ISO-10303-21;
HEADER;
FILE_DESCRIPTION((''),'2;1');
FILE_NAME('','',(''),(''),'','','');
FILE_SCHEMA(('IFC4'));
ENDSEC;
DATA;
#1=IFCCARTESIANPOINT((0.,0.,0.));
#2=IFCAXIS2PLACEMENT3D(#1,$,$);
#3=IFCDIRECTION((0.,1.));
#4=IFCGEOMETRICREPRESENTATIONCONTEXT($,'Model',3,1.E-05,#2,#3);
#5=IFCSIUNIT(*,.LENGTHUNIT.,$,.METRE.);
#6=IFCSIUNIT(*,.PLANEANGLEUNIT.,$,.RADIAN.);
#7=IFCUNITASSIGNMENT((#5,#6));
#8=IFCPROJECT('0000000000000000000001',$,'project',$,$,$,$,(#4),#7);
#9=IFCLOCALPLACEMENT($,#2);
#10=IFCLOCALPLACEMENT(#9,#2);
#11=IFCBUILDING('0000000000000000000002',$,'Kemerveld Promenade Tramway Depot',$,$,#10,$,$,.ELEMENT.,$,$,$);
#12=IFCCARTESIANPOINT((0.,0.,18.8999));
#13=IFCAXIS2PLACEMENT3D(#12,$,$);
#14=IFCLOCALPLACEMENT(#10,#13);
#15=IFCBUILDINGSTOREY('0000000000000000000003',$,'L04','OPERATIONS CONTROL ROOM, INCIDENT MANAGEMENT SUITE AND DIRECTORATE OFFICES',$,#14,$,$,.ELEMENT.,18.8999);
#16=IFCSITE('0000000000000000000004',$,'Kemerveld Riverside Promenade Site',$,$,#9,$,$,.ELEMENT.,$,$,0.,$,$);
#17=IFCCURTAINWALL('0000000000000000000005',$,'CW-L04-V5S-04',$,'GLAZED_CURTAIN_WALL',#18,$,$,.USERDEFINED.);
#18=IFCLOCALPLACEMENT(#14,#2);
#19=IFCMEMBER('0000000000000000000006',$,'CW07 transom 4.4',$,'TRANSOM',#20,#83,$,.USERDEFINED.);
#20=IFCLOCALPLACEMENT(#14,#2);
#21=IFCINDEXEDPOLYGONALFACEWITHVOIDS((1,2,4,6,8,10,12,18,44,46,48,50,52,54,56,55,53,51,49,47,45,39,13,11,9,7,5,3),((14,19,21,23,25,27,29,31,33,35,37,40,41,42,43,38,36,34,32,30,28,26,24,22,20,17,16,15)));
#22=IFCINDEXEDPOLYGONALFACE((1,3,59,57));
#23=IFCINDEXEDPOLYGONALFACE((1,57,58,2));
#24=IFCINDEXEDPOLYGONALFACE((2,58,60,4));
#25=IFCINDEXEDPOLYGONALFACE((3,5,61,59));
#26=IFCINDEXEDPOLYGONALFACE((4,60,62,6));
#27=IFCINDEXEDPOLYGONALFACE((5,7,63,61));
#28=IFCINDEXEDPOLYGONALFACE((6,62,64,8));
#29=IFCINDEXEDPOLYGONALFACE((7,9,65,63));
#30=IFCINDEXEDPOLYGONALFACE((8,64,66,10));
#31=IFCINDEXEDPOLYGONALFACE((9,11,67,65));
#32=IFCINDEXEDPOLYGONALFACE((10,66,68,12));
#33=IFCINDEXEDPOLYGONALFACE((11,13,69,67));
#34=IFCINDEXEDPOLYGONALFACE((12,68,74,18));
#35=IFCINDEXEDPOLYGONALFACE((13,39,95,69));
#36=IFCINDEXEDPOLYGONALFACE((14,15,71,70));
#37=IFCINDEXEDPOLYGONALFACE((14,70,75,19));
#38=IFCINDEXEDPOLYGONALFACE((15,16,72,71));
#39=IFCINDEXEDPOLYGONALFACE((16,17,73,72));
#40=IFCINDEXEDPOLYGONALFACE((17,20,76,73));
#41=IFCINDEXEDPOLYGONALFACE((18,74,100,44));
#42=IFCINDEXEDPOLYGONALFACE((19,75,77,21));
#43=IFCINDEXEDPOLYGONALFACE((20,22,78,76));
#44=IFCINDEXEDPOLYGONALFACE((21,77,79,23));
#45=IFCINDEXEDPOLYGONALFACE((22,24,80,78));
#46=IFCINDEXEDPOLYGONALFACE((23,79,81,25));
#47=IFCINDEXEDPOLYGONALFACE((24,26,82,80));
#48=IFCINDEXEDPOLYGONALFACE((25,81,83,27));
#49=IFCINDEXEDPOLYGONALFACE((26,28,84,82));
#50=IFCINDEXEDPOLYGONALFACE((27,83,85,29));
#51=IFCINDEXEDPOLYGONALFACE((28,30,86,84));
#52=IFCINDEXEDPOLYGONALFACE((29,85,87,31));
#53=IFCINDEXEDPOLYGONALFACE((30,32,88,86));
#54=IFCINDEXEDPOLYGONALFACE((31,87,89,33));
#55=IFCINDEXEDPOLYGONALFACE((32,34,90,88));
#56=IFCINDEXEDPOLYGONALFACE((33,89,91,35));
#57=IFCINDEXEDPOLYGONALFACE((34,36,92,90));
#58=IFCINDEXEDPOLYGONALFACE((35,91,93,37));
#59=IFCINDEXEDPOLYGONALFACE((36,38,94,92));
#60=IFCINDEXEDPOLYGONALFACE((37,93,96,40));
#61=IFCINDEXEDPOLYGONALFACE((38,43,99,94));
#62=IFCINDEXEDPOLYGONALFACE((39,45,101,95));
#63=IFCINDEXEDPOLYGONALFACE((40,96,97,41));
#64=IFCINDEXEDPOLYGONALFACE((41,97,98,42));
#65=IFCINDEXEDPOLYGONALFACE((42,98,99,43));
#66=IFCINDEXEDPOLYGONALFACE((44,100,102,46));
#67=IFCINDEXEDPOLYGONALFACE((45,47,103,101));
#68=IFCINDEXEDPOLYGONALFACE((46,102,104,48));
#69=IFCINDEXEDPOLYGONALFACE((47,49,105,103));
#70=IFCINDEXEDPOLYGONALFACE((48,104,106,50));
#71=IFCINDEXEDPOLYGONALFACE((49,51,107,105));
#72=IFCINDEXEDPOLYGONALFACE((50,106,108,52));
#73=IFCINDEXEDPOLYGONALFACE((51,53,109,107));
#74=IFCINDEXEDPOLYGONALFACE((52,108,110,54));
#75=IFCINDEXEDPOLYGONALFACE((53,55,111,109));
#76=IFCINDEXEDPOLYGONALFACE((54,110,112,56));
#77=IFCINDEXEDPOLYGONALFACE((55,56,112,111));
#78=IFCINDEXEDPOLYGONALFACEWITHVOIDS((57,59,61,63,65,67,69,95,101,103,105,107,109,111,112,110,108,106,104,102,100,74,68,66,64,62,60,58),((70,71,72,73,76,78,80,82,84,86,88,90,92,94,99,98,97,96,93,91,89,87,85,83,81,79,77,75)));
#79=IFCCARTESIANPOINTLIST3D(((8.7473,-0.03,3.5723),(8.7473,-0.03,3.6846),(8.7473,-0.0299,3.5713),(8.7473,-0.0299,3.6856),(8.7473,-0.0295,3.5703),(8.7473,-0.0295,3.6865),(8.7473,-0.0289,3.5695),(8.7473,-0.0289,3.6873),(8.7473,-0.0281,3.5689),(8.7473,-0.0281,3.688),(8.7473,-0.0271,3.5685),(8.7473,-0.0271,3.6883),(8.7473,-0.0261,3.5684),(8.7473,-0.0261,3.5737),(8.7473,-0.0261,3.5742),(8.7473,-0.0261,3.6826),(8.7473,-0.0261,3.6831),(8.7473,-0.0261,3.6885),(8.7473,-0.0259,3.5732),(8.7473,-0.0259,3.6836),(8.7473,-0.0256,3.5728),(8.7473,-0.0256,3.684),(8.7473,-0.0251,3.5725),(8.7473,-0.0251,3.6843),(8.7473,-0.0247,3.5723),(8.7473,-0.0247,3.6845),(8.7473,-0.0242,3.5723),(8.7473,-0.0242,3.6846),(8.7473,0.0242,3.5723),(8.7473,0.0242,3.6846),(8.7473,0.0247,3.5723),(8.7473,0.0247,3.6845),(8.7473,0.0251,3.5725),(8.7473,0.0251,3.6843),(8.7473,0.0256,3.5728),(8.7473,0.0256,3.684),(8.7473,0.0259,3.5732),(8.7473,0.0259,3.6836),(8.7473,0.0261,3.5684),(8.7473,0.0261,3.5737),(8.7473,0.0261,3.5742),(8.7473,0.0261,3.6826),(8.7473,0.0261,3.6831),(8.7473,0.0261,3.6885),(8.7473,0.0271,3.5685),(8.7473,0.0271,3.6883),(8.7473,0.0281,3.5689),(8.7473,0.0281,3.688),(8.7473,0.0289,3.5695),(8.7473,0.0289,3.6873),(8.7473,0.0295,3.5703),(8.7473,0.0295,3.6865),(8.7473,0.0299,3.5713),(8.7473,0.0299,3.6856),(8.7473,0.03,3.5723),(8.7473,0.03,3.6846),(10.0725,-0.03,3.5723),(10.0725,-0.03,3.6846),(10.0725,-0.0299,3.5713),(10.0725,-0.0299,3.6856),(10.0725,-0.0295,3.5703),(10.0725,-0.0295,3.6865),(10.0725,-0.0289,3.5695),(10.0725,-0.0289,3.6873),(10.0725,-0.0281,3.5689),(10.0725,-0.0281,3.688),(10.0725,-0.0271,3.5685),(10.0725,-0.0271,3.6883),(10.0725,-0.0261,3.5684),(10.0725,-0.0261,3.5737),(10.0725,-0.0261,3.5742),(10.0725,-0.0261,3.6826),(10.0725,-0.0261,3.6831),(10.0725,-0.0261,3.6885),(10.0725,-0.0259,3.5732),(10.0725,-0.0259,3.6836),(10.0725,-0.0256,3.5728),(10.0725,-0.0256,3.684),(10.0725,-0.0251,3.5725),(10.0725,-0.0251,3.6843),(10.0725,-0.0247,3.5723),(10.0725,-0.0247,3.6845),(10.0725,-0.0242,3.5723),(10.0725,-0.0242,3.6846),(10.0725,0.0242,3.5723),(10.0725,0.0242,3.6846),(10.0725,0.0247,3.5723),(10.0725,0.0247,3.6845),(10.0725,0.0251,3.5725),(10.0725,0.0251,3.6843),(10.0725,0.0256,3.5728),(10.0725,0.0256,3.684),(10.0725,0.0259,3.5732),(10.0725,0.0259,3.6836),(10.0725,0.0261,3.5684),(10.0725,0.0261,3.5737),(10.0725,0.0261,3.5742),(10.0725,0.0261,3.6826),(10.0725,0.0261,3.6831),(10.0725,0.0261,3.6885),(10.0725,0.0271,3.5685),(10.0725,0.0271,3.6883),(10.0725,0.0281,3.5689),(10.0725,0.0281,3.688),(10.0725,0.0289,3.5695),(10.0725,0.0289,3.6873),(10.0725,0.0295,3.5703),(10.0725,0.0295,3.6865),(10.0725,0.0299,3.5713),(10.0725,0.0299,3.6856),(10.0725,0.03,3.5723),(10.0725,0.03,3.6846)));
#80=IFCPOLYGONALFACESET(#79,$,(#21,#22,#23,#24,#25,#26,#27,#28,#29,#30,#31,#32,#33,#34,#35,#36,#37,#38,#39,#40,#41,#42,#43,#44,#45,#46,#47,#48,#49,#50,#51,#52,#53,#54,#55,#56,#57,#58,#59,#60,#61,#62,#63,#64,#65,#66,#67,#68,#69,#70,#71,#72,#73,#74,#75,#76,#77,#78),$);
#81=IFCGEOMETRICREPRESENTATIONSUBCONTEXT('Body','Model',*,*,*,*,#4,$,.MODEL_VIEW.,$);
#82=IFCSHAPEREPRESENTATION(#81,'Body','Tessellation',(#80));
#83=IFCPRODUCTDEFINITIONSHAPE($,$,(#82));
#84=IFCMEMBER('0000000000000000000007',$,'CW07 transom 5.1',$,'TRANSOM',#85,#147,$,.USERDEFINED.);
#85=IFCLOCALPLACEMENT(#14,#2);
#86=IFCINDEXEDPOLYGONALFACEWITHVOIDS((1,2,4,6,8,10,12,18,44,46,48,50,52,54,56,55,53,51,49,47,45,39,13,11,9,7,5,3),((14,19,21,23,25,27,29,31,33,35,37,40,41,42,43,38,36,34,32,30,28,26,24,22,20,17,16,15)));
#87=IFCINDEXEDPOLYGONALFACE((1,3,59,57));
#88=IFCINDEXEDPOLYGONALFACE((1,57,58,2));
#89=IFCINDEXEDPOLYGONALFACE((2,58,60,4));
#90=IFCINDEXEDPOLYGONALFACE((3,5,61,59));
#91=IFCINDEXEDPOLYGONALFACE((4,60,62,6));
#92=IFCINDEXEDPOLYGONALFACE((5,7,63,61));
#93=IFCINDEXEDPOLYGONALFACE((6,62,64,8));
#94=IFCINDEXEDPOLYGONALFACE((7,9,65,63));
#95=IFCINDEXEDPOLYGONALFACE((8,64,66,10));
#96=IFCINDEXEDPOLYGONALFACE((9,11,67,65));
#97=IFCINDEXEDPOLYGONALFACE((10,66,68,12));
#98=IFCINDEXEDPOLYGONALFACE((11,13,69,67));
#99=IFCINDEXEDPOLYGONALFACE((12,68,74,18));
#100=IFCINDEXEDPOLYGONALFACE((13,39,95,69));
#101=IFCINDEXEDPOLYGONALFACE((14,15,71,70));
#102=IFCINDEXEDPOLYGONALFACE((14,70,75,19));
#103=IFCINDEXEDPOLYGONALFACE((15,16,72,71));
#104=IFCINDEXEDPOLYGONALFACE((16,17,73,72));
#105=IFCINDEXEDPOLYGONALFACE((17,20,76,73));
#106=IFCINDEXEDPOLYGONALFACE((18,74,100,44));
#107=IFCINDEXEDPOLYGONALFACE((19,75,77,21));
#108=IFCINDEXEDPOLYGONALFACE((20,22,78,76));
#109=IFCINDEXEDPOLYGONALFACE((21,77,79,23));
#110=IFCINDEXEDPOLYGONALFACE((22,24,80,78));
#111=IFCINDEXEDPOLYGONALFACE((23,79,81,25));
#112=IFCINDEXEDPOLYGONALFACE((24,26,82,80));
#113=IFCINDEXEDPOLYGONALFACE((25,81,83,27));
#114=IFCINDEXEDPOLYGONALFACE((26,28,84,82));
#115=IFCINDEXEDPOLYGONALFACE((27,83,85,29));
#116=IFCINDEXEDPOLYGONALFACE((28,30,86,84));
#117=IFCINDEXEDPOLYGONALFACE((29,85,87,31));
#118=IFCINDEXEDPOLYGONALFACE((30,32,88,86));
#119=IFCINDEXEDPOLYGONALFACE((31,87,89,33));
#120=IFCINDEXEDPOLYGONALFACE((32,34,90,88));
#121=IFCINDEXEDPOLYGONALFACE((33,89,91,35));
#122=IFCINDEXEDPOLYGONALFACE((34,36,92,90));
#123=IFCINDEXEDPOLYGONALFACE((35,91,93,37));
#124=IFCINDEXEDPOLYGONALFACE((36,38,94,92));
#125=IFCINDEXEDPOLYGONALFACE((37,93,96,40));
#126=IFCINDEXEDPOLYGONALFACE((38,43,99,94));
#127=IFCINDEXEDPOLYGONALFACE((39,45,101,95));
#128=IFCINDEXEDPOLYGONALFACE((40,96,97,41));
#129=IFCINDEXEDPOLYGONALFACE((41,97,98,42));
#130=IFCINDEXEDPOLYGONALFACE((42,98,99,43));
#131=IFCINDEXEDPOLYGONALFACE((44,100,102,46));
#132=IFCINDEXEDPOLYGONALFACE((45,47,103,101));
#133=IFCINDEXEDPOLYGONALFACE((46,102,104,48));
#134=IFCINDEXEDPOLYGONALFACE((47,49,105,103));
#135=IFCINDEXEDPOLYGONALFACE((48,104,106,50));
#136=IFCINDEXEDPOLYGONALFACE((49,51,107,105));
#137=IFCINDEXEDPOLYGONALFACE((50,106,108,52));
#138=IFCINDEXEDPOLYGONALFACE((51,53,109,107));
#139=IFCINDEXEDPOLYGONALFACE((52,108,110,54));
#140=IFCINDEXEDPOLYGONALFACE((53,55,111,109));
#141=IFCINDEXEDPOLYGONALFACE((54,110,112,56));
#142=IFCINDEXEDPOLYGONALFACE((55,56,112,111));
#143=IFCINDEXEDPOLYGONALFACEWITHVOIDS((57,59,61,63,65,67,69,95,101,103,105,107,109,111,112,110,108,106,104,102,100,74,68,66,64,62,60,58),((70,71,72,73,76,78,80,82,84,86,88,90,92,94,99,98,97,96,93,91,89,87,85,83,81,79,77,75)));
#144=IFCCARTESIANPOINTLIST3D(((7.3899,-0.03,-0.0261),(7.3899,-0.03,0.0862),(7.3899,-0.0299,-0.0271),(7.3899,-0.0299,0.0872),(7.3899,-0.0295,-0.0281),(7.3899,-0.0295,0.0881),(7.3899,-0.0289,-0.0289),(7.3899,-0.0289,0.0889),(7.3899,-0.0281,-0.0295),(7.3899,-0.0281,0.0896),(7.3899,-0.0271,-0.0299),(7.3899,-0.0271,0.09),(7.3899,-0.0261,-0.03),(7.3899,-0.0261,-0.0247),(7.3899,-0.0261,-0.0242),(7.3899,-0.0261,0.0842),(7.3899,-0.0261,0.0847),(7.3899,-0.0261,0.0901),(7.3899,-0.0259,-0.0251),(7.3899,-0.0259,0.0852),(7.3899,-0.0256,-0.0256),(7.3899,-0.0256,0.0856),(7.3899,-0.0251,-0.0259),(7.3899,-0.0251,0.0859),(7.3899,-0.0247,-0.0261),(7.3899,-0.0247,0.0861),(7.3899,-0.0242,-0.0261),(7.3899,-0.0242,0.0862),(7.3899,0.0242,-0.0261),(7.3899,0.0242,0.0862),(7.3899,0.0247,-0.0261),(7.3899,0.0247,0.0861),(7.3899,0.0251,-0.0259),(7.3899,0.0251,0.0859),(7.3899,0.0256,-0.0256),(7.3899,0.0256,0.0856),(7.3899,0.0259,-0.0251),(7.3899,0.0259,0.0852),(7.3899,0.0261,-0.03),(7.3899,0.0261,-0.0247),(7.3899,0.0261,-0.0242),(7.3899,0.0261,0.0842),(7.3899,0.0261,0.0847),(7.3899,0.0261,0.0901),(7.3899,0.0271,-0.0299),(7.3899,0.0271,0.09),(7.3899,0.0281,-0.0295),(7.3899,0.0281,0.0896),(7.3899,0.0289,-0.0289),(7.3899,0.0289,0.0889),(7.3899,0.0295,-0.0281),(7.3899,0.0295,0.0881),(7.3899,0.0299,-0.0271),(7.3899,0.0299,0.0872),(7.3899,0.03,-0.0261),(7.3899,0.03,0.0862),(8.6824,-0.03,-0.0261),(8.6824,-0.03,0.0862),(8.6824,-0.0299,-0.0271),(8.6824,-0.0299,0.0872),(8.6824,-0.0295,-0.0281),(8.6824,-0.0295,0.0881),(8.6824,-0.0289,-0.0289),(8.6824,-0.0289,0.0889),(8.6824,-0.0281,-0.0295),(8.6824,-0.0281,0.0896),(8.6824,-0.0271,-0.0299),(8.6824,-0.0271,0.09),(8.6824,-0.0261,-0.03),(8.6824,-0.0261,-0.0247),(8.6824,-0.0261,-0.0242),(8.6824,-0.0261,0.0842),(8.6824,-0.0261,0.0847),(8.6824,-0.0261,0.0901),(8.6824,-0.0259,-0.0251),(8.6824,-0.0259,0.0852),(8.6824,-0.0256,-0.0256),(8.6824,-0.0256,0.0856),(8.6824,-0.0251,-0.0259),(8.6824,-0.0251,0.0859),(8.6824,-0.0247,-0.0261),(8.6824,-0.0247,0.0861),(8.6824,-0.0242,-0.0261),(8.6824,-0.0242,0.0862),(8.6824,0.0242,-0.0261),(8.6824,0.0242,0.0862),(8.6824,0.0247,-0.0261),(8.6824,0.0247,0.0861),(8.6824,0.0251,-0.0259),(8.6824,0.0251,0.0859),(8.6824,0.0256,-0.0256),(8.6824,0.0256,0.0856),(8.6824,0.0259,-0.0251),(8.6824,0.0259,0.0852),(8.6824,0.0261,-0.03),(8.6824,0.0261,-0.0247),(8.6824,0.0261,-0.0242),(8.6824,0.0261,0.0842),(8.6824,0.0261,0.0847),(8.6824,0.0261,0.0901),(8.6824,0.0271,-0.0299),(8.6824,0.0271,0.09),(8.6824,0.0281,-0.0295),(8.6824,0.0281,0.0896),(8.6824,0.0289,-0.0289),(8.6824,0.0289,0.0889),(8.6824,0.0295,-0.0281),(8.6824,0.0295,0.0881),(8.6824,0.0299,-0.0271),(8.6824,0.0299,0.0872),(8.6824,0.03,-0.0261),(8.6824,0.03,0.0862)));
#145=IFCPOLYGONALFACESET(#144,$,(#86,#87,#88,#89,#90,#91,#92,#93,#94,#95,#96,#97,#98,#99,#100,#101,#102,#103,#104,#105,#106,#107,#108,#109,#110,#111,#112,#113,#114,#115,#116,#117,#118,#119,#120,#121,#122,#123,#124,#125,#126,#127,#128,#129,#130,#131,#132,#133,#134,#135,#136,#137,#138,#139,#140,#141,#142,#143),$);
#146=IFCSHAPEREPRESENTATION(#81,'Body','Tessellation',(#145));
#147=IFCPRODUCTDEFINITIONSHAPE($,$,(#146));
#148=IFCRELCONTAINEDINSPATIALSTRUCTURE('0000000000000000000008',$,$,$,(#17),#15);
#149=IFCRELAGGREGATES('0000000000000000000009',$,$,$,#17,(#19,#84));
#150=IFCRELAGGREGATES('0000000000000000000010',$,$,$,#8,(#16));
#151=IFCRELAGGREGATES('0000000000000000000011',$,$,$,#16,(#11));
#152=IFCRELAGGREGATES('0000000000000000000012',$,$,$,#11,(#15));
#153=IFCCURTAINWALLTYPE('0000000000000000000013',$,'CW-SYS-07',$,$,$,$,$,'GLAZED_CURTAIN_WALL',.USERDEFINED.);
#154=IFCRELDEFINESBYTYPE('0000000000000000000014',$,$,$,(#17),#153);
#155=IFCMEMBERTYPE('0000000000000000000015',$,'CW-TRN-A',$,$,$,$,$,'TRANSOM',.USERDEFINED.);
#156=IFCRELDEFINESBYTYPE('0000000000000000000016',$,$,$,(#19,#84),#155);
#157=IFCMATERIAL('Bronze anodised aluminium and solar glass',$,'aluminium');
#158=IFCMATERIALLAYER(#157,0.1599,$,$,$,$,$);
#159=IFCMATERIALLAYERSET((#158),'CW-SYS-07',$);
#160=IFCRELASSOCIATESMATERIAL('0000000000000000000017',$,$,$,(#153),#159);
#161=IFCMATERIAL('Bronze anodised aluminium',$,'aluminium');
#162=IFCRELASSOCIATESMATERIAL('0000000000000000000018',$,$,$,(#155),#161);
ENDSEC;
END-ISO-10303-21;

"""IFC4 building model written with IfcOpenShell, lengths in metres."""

from ifc_helpers import new_model, si_unit, direction, frame, origin, origin_2d, place, context, subcontext, project, spatial, hollow_rectangle, extrude, material, layer, layer_set, material_profile, profile_set, type_object, element, aggregate, save


model = new_model("IFC4")

# Units and contexts
model_context = context("Model", 3, precision=1e-05, world=origin(), true_north=direction((0.0, 1.0)))
body_context = subcontext(model_context, "Body", "Model", "MODEL_VIEW")
ifc_project = project(units=[si_unit("LENGTHUNIT", "METRE"), si_unit("PLANEANGLEUNIT", "RADIAN")], contexts=[model_context])

# Site, building, storey
site_placement = place(None, origin())
site = spatial("IfcSite", under=ifc_project, at=site_placement, Name="Kemerveld Riverside Promenade Site", CompositionType="ELEMENT", RefElevation=0.0)
building_placement = place(site_placement, origin())
building = spatial("IfcBuilding", under=site, at=building_placement, Name="Kemerveld Promenade Tramway Depot", CompositionType="ELEMENT")
storey_placement = place(building_placement, frame((0.0, 0.0, 18.8999)))
storey = spatial("IfcBuildingStorey", under=building, at=storey_placement, Name="L04", Description="OPERATIONS CONTROL ROOM, INCIDENT MANAGEMENT SUITE AND DIRECTORATE OFFICES", CompositionType="ELEMENT", Elevation=18.8999)

# Curtain wall, members
ifc_material_1 = material(Name="Bronze anodised aluminium and solar glass", Category="aluminium")
ifc_layer_1 = layer(ifc_material_1, 0.1599)
ifc_layer_set_1 = layer_set([ifc_layer_1], Name="CW-SYS-07")
curtain_wall_type = type_object("IfcCurtainWallType", Name="CW-SYS-07", ElementType="GLAZED_CURTAIN_WALL", PredefinedType="USERDEFINED", material=ifc_layer_set_1)
curtain_wall_placement = place(storey_placement, origin())
curtain_wall = element("IfcCurtainWall", 1, at=curtain_wall_placement, inside=storey, type_object=curtain_wall_type, Name="CW-L04-V5S-04", ObjectType="GLAZED_CURTAIN_WALL", PredefinedType="USERDEFINED")
ifc_material_2 = material(Name="Bronze anodised aluminium", Category="aluminium")
ifc_material_profile_1 = material_profile(ifc_material_2, hollow_rectangle(XDim=0.0601, YDim=0.1201, WallThickness=0.0039, InnerFilletRadius=0.002, OuterFilletRadius=0.0039, at=origin_2d()), Name="CW-TRN-120x60")
ifc_profile_set_1 = profile_set([ifc_material_profile_1], Name="Bronze anodised aluminium")
member_type_1 = type_object("IfcMemberType", Name="CW-TRN-A", ElementType="TRANSOM", PredefinedType="USERDEFINED", material=ifc_profile_set_1)
member_1_placement = place(storey_placement, frame((10.0725, 0.0, 3.6284), z_axis=(-1.0, 0.0, 0.0), x_axis=(0.0, -1.0, 0.0)))
member_1 = element("IfcMember", 2, at=member_1_placement, type_object=member_type_1, Name="CW07 transom 4.4", ObjectType="TRANSOM", PredefinedType="USERDEFINED", context=body_context, shape_type="SweptSolid", body=[
    extrude(hollow_rectangle(XDim=0.0601, YDim=0.1201, WallThickness=0.0039, InnerFilletRadius=0.002, OuterFilletRadius=0.0039, at=origin_2d()), origin(), (0.0, 0.0, 1.0), 1.3252),
])
member_2_placement = place(storey_placement, frame((8.6824, 0.0, 0.03), z_axis=(-1.0, 0.0, 0.0), x_axis=(0.0, -1.0, 0.0)))
member_2 = element("IfcMember", 3, at=member_2_placement, type_object=member_type_1, Name="CW07 transom 5.1", ObjectType="TRANSOM", PredefinedType="USERDEFINED", context=body_context, shape_type="SweptSolid", body=[
    extrude(hollow_rectangle(XDim=0.0601, YDim=0.1201, WallThickness=0.0039, InnerFilletRadius=0.002, OuterFilletRadius=0.0039, at=origin_2d()), origin(), (0.0, 0.0, 1.0), 1.2925),
])

aggregate(curtain_wall, [member_1, member_2])

save(model, "model.ifc")
